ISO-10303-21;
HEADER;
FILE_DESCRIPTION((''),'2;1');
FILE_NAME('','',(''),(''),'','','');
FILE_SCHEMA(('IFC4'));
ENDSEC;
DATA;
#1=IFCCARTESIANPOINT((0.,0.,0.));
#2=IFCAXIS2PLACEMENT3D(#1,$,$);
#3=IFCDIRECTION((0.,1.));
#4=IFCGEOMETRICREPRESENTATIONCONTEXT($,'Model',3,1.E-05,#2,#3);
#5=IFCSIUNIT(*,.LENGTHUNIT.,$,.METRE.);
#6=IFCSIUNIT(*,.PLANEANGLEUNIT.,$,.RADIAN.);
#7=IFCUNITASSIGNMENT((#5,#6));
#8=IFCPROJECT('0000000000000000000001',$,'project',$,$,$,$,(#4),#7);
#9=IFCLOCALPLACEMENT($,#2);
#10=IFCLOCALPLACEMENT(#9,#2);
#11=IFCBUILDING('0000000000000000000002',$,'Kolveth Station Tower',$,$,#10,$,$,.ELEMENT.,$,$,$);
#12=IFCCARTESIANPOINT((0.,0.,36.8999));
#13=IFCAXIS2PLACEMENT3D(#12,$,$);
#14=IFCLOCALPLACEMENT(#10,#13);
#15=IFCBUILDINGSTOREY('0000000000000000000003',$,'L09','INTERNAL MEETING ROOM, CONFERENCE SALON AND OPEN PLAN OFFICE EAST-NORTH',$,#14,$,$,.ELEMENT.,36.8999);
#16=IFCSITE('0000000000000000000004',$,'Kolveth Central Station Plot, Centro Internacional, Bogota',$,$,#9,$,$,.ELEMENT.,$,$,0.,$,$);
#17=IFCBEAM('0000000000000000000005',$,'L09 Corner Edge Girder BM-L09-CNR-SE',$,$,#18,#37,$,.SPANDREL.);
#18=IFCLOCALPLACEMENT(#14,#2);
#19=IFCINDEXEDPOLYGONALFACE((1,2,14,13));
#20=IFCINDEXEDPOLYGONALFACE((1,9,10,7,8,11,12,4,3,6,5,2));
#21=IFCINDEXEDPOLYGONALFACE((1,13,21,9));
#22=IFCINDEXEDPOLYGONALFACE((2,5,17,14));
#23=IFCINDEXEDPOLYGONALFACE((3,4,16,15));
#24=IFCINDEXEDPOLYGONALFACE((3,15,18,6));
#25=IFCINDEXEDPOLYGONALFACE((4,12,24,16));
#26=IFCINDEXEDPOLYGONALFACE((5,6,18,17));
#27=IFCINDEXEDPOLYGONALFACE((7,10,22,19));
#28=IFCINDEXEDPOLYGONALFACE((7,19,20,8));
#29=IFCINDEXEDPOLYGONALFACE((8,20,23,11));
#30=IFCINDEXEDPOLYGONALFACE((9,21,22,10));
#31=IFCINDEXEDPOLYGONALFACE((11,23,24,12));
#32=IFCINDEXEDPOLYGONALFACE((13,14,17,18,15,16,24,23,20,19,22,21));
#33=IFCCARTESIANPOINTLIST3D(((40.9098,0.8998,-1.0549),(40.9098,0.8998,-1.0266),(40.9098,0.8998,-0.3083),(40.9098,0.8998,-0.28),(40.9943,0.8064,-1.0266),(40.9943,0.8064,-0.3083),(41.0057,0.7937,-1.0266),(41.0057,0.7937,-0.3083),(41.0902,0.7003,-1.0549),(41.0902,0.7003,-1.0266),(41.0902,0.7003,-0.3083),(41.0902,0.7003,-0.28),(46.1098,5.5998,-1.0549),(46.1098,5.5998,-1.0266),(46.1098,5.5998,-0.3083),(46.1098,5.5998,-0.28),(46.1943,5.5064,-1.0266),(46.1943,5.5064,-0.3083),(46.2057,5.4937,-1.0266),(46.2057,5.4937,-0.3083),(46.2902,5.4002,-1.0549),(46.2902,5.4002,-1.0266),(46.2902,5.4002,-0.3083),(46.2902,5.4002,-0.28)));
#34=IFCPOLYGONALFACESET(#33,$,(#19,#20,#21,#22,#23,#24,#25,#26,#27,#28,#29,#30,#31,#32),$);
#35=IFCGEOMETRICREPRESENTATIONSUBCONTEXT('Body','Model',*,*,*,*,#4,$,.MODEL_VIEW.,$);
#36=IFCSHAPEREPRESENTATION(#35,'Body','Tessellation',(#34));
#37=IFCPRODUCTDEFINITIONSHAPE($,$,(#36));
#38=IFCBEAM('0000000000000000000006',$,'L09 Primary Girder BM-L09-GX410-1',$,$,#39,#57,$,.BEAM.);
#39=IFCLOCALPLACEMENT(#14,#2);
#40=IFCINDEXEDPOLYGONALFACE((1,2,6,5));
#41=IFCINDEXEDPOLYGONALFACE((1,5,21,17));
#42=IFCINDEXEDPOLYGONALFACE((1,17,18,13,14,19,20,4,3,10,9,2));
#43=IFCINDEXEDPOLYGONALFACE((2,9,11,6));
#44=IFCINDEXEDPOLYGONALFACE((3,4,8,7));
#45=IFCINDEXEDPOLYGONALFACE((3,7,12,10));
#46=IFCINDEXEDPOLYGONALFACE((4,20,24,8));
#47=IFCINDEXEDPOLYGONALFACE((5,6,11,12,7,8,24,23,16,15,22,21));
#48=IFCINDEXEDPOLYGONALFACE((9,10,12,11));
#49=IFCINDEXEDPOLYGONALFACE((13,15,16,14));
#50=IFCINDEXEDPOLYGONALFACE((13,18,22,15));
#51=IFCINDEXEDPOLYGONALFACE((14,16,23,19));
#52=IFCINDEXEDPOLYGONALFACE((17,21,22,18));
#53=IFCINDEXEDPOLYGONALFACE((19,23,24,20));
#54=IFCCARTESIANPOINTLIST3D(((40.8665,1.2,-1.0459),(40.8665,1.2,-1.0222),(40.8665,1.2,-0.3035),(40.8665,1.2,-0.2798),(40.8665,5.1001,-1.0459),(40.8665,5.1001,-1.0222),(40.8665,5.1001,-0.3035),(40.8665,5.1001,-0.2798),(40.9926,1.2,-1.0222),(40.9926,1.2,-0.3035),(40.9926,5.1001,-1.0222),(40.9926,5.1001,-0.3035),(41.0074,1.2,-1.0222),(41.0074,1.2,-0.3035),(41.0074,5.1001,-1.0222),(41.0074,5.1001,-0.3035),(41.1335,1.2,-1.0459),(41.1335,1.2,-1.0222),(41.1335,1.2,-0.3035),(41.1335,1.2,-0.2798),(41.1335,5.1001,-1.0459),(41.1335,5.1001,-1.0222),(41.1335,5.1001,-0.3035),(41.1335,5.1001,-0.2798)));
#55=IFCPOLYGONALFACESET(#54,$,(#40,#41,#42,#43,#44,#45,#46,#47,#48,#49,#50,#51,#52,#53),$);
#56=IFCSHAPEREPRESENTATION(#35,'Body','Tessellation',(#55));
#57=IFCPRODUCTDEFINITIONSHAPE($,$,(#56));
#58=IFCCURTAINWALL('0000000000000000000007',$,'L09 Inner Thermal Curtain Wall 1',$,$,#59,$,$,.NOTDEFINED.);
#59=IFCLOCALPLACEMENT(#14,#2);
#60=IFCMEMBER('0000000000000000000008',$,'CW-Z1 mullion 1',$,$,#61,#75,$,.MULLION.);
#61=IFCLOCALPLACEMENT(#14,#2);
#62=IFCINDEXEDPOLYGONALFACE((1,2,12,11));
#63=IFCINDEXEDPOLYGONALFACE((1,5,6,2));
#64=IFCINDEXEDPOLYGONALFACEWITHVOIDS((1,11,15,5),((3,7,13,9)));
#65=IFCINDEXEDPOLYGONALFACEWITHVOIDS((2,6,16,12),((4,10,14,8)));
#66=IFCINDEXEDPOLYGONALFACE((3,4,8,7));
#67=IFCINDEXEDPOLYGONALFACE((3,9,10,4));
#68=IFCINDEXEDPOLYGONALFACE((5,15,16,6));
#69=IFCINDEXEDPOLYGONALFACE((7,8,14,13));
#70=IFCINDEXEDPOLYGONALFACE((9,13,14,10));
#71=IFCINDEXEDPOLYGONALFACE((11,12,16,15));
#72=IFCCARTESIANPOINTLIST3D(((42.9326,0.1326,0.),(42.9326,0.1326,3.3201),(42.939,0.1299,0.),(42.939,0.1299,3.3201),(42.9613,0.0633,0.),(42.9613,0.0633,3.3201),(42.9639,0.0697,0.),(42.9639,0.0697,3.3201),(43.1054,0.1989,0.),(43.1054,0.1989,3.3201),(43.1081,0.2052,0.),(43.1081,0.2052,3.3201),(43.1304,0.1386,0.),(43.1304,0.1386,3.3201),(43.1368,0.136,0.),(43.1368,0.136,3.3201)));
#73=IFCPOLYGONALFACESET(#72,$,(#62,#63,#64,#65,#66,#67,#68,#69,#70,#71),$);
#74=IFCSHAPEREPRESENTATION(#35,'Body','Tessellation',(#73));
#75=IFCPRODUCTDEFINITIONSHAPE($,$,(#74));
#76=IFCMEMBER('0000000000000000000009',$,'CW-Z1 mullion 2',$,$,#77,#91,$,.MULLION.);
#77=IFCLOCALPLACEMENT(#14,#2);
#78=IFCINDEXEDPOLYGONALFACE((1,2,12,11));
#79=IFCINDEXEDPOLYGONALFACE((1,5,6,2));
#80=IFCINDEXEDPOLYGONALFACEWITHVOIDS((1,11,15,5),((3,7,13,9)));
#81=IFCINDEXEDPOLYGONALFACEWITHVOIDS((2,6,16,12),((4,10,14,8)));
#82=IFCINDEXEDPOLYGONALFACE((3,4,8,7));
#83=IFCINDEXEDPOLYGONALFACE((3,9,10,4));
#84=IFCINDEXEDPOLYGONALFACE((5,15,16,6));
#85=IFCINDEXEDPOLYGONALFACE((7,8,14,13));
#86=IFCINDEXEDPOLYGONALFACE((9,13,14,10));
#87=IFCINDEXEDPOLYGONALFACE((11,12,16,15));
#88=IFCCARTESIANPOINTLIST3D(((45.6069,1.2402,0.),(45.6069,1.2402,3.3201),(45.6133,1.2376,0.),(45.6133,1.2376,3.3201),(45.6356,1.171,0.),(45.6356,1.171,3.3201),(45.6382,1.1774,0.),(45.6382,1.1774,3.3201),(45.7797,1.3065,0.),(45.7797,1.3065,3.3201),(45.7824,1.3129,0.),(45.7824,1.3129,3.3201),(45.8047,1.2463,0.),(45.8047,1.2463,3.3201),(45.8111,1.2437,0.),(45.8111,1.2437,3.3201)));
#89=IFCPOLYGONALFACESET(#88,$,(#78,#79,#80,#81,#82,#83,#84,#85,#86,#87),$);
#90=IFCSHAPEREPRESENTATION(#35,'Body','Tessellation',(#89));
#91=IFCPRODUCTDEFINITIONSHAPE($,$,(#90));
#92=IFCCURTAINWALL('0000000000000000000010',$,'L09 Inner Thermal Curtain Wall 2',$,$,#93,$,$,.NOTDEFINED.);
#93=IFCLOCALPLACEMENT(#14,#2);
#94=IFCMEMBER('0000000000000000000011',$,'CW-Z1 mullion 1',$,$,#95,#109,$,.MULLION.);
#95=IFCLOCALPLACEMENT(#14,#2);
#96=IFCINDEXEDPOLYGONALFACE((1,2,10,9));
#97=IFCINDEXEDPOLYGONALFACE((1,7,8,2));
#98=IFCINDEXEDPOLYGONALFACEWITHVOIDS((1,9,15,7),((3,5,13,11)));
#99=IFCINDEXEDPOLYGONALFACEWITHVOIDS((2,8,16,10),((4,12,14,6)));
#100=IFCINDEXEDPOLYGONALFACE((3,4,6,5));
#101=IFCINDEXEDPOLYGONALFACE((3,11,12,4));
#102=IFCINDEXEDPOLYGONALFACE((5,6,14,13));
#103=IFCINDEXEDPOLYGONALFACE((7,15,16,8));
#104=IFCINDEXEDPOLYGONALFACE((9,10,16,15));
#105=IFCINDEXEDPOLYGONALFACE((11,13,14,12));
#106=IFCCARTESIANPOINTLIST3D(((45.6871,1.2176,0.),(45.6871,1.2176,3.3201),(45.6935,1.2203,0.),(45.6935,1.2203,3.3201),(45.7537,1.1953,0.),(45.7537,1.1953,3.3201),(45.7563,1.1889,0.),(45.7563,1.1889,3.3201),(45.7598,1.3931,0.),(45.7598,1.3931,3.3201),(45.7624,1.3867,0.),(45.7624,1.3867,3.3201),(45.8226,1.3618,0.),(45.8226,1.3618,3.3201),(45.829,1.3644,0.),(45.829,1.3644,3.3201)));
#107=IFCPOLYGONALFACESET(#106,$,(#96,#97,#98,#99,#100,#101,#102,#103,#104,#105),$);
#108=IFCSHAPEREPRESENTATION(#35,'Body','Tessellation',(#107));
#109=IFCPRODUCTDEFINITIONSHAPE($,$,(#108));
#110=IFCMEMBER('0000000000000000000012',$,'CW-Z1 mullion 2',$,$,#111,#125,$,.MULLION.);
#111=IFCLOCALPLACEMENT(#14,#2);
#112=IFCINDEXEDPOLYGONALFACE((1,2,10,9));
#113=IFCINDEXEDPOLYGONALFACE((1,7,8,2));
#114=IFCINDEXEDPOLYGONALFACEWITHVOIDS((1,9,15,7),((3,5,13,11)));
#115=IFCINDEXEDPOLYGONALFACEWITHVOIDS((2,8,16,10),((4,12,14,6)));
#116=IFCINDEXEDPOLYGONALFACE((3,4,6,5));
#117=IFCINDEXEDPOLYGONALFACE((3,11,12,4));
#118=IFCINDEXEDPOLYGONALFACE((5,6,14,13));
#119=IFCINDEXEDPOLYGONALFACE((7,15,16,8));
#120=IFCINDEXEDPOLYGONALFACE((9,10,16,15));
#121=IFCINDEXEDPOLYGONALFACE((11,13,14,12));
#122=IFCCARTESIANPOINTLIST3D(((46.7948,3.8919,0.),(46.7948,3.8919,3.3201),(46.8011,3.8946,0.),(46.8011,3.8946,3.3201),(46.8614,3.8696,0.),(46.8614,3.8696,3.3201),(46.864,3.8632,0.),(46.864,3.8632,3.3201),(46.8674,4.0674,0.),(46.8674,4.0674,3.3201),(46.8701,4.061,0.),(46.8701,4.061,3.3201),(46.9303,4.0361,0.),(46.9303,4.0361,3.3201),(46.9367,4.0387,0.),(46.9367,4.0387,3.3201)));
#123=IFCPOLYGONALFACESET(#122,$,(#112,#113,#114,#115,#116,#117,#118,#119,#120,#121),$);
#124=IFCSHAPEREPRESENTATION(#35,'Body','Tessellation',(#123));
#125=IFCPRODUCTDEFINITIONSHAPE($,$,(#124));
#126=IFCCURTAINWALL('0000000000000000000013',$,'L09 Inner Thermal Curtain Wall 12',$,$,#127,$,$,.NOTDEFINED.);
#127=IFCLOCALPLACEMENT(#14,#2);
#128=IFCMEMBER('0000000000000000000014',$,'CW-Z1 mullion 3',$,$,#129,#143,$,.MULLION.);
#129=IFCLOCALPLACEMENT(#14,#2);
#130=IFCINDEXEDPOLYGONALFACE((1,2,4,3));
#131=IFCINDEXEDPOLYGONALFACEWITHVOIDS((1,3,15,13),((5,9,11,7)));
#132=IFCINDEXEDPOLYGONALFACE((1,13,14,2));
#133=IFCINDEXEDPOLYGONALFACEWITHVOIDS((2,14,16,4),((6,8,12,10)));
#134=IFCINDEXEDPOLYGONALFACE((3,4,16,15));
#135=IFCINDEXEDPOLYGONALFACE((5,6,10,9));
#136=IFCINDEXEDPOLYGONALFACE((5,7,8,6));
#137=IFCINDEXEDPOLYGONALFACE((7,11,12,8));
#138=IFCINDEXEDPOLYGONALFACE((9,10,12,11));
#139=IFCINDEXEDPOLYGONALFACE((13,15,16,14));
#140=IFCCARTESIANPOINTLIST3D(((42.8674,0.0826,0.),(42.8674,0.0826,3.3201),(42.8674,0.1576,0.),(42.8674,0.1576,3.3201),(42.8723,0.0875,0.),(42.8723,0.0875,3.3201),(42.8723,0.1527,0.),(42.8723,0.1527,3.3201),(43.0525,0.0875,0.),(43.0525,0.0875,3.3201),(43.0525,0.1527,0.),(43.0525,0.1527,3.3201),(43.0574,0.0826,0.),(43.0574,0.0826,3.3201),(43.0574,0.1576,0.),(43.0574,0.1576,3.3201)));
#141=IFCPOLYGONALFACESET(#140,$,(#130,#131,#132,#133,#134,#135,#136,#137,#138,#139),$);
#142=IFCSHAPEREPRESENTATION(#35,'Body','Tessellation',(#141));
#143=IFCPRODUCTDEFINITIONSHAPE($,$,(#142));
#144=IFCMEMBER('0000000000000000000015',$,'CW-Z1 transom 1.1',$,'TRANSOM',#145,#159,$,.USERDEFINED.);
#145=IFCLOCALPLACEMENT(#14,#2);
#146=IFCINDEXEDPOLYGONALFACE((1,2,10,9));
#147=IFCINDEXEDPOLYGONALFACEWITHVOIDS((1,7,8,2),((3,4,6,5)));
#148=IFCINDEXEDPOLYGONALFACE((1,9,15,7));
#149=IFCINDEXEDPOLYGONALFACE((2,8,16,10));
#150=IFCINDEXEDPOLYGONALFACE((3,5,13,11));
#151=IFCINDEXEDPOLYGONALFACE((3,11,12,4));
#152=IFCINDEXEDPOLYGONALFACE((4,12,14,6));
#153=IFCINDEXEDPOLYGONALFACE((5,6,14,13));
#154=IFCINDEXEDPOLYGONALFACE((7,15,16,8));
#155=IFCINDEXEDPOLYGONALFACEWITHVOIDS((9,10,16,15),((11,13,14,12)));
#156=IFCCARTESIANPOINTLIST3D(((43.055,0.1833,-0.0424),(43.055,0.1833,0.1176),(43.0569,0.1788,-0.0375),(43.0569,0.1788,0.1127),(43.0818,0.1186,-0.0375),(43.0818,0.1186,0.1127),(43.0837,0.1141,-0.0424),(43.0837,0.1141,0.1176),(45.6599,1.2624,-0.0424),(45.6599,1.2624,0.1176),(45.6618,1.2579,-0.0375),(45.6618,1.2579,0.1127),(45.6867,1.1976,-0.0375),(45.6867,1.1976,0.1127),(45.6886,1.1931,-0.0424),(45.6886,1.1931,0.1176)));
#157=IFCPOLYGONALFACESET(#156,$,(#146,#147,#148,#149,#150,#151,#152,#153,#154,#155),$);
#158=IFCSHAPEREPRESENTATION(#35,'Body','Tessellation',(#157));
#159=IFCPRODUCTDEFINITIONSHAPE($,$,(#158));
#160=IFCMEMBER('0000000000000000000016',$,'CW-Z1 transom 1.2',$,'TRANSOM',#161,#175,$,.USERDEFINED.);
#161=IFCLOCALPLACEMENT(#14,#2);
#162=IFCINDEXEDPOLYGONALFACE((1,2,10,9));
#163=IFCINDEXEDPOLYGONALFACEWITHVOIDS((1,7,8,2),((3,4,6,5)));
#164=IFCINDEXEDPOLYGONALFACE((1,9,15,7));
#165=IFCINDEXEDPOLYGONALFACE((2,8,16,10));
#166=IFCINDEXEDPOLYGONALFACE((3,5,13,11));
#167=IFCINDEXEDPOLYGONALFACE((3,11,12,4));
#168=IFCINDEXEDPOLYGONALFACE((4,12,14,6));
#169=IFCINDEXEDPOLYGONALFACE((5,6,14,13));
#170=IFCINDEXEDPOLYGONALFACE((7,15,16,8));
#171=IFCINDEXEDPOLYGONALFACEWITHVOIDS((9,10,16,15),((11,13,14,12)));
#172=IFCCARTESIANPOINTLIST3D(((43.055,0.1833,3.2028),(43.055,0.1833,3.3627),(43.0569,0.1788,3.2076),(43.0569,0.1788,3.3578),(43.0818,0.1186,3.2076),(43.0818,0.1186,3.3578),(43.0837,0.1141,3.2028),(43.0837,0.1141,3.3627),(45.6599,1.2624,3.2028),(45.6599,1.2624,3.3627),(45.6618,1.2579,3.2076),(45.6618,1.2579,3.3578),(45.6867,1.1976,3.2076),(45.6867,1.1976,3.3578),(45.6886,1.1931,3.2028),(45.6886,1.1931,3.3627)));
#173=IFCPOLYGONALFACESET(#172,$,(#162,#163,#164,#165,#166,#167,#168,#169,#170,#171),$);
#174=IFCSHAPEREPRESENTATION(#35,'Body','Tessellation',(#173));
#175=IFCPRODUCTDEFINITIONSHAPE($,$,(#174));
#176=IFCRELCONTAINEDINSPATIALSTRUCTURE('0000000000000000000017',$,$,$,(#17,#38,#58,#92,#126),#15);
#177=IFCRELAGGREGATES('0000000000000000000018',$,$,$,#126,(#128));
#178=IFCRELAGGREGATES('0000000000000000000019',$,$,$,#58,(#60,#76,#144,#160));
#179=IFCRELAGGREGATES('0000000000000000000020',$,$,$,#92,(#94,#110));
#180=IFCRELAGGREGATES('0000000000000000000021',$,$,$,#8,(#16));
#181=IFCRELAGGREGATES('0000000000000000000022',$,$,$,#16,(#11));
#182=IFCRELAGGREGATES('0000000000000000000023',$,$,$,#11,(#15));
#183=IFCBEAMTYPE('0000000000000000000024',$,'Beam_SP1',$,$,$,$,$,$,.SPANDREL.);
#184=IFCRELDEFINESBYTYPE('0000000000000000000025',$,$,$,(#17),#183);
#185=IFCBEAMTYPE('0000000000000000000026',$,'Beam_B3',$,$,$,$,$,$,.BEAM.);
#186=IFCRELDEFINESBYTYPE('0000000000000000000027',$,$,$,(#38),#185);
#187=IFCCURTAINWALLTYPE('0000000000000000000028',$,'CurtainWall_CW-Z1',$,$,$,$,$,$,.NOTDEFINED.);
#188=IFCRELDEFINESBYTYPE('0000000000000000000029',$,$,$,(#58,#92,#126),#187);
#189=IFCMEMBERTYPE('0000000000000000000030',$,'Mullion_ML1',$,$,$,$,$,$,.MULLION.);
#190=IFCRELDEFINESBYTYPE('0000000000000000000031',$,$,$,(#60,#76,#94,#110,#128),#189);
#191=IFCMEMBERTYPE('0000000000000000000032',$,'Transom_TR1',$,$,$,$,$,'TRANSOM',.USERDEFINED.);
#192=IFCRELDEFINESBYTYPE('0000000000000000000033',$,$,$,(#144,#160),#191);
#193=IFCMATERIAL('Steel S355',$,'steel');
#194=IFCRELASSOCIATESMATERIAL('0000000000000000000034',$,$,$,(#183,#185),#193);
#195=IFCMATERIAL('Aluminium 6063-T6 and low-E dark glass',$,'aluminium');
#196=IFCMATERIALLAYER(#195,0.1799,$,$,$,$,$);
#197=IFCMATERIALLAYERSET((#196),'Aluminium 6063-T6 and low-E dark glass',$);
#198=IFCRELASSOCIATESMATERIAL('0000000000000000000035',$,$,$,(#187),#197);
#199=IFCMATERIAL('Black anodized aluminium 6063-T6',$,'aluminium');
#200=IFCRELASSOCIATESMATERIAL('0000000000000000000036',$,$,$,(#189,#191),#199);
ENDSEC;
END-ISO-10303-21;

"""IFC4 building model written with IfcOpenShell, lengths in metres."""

from ifc_helpers import new_model, si_unit, direction, frame, origin, origin_2d, place, context, subcontext, project, spatial, hollow_rectangle, i_section, extrude, source, transform, mapped, material, layer, layer_set, material_profile, profile_set, type_object, element, aggregate, save


model = new_model("IFC4")

# Units and contexts
model_context = context("Model", 3, precision=1e-05, world=origin(), true_north=direction((0.0, 1.0)))
body_context = subcontext(model_context, "Body", "Model", "MODEL_VIEW")
ifc_project = project(units=[si_unit("LENGTHUNIT", "METRE"), si_unit("PLANEANGLEUNIT", "RADIAN")], contexts=[model_context])

# Site, building, storey
site_placement = place(None, origin())
site = spatial("IfcSite", under=ifc_project, at=site_placement, Name="Kolveth Central Station Plot, Centro Internacional, Bogota", CompositionType="ELEMENT", RefElevation=0.0)
building_placement = place(site_placement, origin())
building = spatial("IfcBuilding", under=site, at=building_placement, Name="Kolveth Station Tower", CompositionType="ELEMENT")
storey_placement = place(building_placement, frame((0.0, 0.0, 36.8999)))
storey = spatial("IfcBuildingStorey", under=building, at=storey_placement, Name="L09", Description="INTERNAL MEETING ROOM, CONFERENCE SALON AND OPEN PLAN OFFICE EAST-NORTH", CompositionType="ELEMENT", Elevation=36.8999)

# Beams
ifc_material_1 = material(Name="Steel S355", Category="steel")
ifc_material_profile_1 = material_profile(ifc_material_1, i_section(OverallWidth=0.269, OverallDepth=0.7749, WebThickness=0.0171, FlangeThickness=0.0283, at=origin_2d()), Name="W760x220")
ifc_profile_set_1 = profile_set([ifc_material_profile_1], Name="Steel S355")
beam_type_1 = type_object("IfcBeamType", Name="Beam_SP1", PredefinedType="SPANDREL", material=ifc_profile_set_1)
shared_shape_1 = source(origin(), body_context, "Body", "SweptSolid", [
    extrude(i_section(OverallWidth=0.269, OverallDepth=0.7749, WebThickness=0.0171, FlangeThickness=0.0283, at=origin_2d()), origin(), (0.0, 0.0, 1.0), 7.0093),
])
beam_1_placement = place(storey_placement, frame((41.0, 0.8, -0.6675), z_axis=(0.741874, 0.670539, 0.0), x_axis=(-0.670539, 0.741874, 0.0)))
element("IfcBeam", 1, at=beam_1_placement, inside=storey, type_object=beam_type_1, Name="L09 Corner Edge Girder BM-L09-CNR-SE", PredefinedType="SPANDREL", context=body_context, shape_type="MappedRepresentation", body=[
    mapped(shared_shape_1, transform((0.0, 0.0, 0.0), x_axis=(1.0, 0.0, 0.0), y_axis=(0.0, 1.0, 0.0), z_axis=(0.0, 0.0, 1.0), scale=1.0)),
])
ifc_material_profile_2 = material_profile(ifc_material_1, i_section(OverallWidth=0.2671, OverallDepth=0.7661, WebThickness=0.0149, FlangeThickness=0.0237, at=origin_2d()), Name="W760x185")
ifc_profile_set_2 = profile_set([ifc_material_profile_2], Name="Steel S355")
beam_type_2 = type_object("IfcBeamType", Name="Beam_B3", PredefinedType="BEAM", material=ifc_profile_set_2)
shared_shape_2 = source(origin(), body_context, "Body", "SweptSolid", [
    extrude(i_section(OverallWidth=0.2671, OverallDepth=0.7661, WebThickness=0.0149, FlangeThickness=0.0237, at=origin_2d()), origin(), (0.0, 0.0, 1.0), 3.9001),
])
beam_2_placement = place(storey_placement, frame((41.0, 1.2, -0.6628), z_axis=(0.0, 1.0, 0.0), x_axis=(-1.0, 0.0, 0.0)))
element("IfcBeam", 2, at=beam_2_placement, inside=storey, type_object=beam_type_2, Name="L09 Primary Girder BM-L09-GX410-1", PredefinedType="BEAM", context=body_context, shape_type="MappedRepresentation", body=[
    mapped(shared_shape_2, transform((0.0, 0.0, 0.0), x_axis=(1.0, 0.0, 0.0), y_axis=(0.0, 1.0, 0.0), z_axis=(0.0, 0.0, 1.0), scale=1.0)),
])

# Curtain walls, members
ifc_material_2 = material(Name="Aluminium 6063-T6 and low-E dark glass", Category="aluminium")
ifc_layer_1 = layer(ifc_material_2, 0.1799)
ifc_layer_set_1 = layer_set([ifc_layer_1], Name="Aluminium 6063-T6 and low-E dark glass")
curtain_wall_type_1 = type_object("IfcCurtainWallType", Name="CurtainWall_CW-Z1", PredefinedType="NOTDEFINED", material=ifc_layer_set_1)
curtain_wall_1_placement = place(storey_placement, origin())
curtain_wall_1 = element("IfcCurtainWall", 3, at=curtain_wall_1_placement, inside=storey, type_object=curtain_wall_type_1, Name="L09 Inner Thermal Curtain Wall 1", PredefinedType="NOTDEFINED")
ifc_material_3 = material(Name="Black anodized aluminium 6063-T6", Category="aluminium")
ifc_material_profile_3 = material_profile(ifc_material_3, hollow_rectangle(XDim=0.075, YDim=0.1899, WallThickness=0.0049, at=origin_2d()), Name="ALU-75x190x5")
ifc_profile_set_3 = profile_set([ifc_material_profile_3], Name="Black anodized aluminium 6063-T6")
member_type_1 = type_object("IfcMemberType", Name="Mullion_ML1", PredefinedType="MULLION", material=ifc_profile_set_3)
shared_shape_3 = source(origin(), body_context, "Body", "SweptSolid", [
    extrude(hollow_rectangle(XDim=0.075, YDim=0.1899, WallThickness=0.0049, at=origin_2d()), origin(), (0.0, 0.0, 1.0), 3.3201),
])
member_1_placement = place(storey_placement, frame((43.0347, 0.1343, 0.0), z_axis=(0.0, 0.0, 1.0), x_axis=(-0.382673, 0.923884, 0.0)))
member_1 = element("IfcMember", 4, at=member_1_placement, type_object=member_type_1, Name="CW-Z1 mullion 1", PredefinedType="MULLION", context=body_context, shape_type="MappedRepresentation", body=[
    mapped(shared_shape_3, transform((0.0, 0.0, 0.0), x_axis=(1.0, 0.0, 0.0), y_axis=(0.0, 1.0, 0.0), z_axis=(0.0, 0.0, 1.0), scale=1.0)),
])
member_2_placement = place(storey_placement, frame((45.709, 1.2419, 0.0), z_axis=(0.0, 0.0, 1.0), x_axis=(-0.382673, 0.923884, 0.0)))
member_2 = element("IfcMember", 5, at=member_2_placement, type_object=member_type_1, Name="CW-Z1 mullion 2", PredefinedType="MULLION", context=body_context, shape_type="MappedRepresentation", body=[
    mapped(shared_shape_3, transform((0.0, 0.0, 0.0), x_axis=(1.0, 0.0, 0.0), y_axis=(0.0, 1.0, 0.0), z_axis=(0.0, 0.0, 1.0), scale=1.0)),
])
curtain_wall_2_placement = place(storey_placement, origin())
curtain_wall_2 = element("IfcCurtainWall", 6, at=curtain_wall_2_placement, inside=storey, type_object=curtain_wall_type_1, Name="L09 Inner Thermal Curtain Wall 2", PredefinedType="NOTDEFINED")
member_3_placement = place(storey_placement, frame((45.7581, 1.291, 0.0), z_axis=(0.0, 0.0, 1.0), x_axis=(-0.923884, 0.382673, 0.0)))
member_3 = element("IfcMember", 7, at=member_3_placement, type_object=member_type_1, Name="CW-Z1 mullion 1", PredefinedType="MULLION", context=body_context, shape_type="MappedRepresentation", body=[
    mapped(shared_shape_3, transform((0.0, 0.0, 0.0), x_axis=(1.0, 0.0, 0.0), y_axis=(0.0, 1.0, 0.0), z_axis=(0.0, 0.0, 1.0), scale=1.0)),
])
member_4_placement = place(storey_placement, frame((46.8657, 3.9653, 0.0), z_axis=(0.0, 0.0, 1.0), x_axis=(-0.923884, 0.382673, 0.0)))
member_4 = element("IfcMember", 8, at=member_4_placement, type_object=member_type_1, Name="CW-Z1 mullion 2", PredefinedType="MULLION", context=body_context, shape_type="MappedRepresentation", body=[
    mapped(shared_shape_3, transform((0.0, 0.0, 0.0), x_axis=(1.0, 0.0, 0.0), y_axis=(0.0, 1.0, 0.0), z_axis=(0.0, 0.0, 1.0), scale=1.0)),
])

# Curtain wall, member
curtain_wall_3_placement = place(storey_placement, origin())
curtain_wall_3 = element("IfcCurtainWall", 9, at=curtain_wall_3_placement, inside=storey, type_object=curtain_wall_type_1, Name="L09 Inner Thermal Curtain Wall 12", PredefinedType="NOTDEFINED")
member_5_placement = place(storey_placement, frame((42.9624, 0.1201, 0.0), z_axis=(0.0, 0.0, 1.0), x_axis=(0.0, 1.0, 0.0)))
member_5 = element("IfcMember", 10, at=member_5_placement, type_object=member_type_1, Name="CW-Z1 mullion 3", PredefinedType="MULLION", context=body_context, shape_type="MappedRepresentation", body=[
    mapped(shared_shape_3, transform((0.0, 0.0, 0.0), x_axis=(1.0, 0.0, 0.0), y_axis=(0.0, 1.0, 0.0), z_axis=(0.0, 0.0, 1.0), scale=1.0)),
])
aggregate(curtain_wall_3, [member_5])

# Members
ifc_material_profile_4 = material_profile(ifc_material_3, hollow_rectangle(XDim=0.075, YDim=0.1599, WallThickness=0.0049, at=origin_2d()), Name="ALU-75x160x5")
ifc_profile_set_4 = profile_set([ifc_material_profile_4], Name="Black anodized aluminium 6063-T6")
member_type_2 = type_object("IfcMemberType", Name="Transom_TR1", ElementType="TRANSOM", PredefinedType="USERDEFINED", material=ifc_profile_set_4)
shared_shape_4 = source(origin(), body_context, "Body", "SweptSolid", [
    extrude(hollow_rectangle(XDim=0.075, YDim=0.1599, WallThickness=0.0049, at=origin_2d()), origin(), (0.0, 0.0, 1.0), 2.8196),
])
member_6_placement = place(storey_placement, frame((43.0693, 0.1487, 0.0376), z_axis=(0.923869, 0.382709, 0.0), x_axis=(-0.382709, 0.923869, 0.0)))
member_6 = element("IfcMember", 11, at=member_6_placement, type_object=member_type_2, Name="CW-Z1 transom 1.1", ObjectType="TRANSOM", PredefinedType="USERDEFINED", context=body_context, shape_type="MappedRepresentation", body=[
    mapped(shared_shape_4, transform((0.0, 0.0, 0.0), x_axis=(1.0, 0.0, 0.0), y_axis=(0.0, 1.0, 0.0), z_axis=(0.0, 0.0, 1.0), scale=1.0)),
])
member_7_placement = place(storey_placement, frame((43.0693, 0.1487, 3.2827), z_axis=(0.923869, 0.382709, 0.0), x_axis=(-0.382709, 0.923869, 0.0)))
member_7 = element("IfcMember", 12, at=member_7_placement, type_object=member_type_2, Name="CW-Z1 transom 1.2", ObjectType="TRANSOM", PredefinedType="USERDEFINED", context=body_context, shape_type="MappedRepresentation", body=[
    mapped(shared_shape_4, transform((0.0, 0.0, 0.0), x_axis=(1.0, 0.0, 0.0), y_axis=(0.0, 1.0, 0.0), z_axis=(0.0, 0.0, 1.0), scale=1.0)),
])

aggregate(curtain_wall_1, [member_1, member_2, member_6, member_7])
aggregate(curtain_wall_2, [member_3, member_4])

save(model, "model.ifc")
